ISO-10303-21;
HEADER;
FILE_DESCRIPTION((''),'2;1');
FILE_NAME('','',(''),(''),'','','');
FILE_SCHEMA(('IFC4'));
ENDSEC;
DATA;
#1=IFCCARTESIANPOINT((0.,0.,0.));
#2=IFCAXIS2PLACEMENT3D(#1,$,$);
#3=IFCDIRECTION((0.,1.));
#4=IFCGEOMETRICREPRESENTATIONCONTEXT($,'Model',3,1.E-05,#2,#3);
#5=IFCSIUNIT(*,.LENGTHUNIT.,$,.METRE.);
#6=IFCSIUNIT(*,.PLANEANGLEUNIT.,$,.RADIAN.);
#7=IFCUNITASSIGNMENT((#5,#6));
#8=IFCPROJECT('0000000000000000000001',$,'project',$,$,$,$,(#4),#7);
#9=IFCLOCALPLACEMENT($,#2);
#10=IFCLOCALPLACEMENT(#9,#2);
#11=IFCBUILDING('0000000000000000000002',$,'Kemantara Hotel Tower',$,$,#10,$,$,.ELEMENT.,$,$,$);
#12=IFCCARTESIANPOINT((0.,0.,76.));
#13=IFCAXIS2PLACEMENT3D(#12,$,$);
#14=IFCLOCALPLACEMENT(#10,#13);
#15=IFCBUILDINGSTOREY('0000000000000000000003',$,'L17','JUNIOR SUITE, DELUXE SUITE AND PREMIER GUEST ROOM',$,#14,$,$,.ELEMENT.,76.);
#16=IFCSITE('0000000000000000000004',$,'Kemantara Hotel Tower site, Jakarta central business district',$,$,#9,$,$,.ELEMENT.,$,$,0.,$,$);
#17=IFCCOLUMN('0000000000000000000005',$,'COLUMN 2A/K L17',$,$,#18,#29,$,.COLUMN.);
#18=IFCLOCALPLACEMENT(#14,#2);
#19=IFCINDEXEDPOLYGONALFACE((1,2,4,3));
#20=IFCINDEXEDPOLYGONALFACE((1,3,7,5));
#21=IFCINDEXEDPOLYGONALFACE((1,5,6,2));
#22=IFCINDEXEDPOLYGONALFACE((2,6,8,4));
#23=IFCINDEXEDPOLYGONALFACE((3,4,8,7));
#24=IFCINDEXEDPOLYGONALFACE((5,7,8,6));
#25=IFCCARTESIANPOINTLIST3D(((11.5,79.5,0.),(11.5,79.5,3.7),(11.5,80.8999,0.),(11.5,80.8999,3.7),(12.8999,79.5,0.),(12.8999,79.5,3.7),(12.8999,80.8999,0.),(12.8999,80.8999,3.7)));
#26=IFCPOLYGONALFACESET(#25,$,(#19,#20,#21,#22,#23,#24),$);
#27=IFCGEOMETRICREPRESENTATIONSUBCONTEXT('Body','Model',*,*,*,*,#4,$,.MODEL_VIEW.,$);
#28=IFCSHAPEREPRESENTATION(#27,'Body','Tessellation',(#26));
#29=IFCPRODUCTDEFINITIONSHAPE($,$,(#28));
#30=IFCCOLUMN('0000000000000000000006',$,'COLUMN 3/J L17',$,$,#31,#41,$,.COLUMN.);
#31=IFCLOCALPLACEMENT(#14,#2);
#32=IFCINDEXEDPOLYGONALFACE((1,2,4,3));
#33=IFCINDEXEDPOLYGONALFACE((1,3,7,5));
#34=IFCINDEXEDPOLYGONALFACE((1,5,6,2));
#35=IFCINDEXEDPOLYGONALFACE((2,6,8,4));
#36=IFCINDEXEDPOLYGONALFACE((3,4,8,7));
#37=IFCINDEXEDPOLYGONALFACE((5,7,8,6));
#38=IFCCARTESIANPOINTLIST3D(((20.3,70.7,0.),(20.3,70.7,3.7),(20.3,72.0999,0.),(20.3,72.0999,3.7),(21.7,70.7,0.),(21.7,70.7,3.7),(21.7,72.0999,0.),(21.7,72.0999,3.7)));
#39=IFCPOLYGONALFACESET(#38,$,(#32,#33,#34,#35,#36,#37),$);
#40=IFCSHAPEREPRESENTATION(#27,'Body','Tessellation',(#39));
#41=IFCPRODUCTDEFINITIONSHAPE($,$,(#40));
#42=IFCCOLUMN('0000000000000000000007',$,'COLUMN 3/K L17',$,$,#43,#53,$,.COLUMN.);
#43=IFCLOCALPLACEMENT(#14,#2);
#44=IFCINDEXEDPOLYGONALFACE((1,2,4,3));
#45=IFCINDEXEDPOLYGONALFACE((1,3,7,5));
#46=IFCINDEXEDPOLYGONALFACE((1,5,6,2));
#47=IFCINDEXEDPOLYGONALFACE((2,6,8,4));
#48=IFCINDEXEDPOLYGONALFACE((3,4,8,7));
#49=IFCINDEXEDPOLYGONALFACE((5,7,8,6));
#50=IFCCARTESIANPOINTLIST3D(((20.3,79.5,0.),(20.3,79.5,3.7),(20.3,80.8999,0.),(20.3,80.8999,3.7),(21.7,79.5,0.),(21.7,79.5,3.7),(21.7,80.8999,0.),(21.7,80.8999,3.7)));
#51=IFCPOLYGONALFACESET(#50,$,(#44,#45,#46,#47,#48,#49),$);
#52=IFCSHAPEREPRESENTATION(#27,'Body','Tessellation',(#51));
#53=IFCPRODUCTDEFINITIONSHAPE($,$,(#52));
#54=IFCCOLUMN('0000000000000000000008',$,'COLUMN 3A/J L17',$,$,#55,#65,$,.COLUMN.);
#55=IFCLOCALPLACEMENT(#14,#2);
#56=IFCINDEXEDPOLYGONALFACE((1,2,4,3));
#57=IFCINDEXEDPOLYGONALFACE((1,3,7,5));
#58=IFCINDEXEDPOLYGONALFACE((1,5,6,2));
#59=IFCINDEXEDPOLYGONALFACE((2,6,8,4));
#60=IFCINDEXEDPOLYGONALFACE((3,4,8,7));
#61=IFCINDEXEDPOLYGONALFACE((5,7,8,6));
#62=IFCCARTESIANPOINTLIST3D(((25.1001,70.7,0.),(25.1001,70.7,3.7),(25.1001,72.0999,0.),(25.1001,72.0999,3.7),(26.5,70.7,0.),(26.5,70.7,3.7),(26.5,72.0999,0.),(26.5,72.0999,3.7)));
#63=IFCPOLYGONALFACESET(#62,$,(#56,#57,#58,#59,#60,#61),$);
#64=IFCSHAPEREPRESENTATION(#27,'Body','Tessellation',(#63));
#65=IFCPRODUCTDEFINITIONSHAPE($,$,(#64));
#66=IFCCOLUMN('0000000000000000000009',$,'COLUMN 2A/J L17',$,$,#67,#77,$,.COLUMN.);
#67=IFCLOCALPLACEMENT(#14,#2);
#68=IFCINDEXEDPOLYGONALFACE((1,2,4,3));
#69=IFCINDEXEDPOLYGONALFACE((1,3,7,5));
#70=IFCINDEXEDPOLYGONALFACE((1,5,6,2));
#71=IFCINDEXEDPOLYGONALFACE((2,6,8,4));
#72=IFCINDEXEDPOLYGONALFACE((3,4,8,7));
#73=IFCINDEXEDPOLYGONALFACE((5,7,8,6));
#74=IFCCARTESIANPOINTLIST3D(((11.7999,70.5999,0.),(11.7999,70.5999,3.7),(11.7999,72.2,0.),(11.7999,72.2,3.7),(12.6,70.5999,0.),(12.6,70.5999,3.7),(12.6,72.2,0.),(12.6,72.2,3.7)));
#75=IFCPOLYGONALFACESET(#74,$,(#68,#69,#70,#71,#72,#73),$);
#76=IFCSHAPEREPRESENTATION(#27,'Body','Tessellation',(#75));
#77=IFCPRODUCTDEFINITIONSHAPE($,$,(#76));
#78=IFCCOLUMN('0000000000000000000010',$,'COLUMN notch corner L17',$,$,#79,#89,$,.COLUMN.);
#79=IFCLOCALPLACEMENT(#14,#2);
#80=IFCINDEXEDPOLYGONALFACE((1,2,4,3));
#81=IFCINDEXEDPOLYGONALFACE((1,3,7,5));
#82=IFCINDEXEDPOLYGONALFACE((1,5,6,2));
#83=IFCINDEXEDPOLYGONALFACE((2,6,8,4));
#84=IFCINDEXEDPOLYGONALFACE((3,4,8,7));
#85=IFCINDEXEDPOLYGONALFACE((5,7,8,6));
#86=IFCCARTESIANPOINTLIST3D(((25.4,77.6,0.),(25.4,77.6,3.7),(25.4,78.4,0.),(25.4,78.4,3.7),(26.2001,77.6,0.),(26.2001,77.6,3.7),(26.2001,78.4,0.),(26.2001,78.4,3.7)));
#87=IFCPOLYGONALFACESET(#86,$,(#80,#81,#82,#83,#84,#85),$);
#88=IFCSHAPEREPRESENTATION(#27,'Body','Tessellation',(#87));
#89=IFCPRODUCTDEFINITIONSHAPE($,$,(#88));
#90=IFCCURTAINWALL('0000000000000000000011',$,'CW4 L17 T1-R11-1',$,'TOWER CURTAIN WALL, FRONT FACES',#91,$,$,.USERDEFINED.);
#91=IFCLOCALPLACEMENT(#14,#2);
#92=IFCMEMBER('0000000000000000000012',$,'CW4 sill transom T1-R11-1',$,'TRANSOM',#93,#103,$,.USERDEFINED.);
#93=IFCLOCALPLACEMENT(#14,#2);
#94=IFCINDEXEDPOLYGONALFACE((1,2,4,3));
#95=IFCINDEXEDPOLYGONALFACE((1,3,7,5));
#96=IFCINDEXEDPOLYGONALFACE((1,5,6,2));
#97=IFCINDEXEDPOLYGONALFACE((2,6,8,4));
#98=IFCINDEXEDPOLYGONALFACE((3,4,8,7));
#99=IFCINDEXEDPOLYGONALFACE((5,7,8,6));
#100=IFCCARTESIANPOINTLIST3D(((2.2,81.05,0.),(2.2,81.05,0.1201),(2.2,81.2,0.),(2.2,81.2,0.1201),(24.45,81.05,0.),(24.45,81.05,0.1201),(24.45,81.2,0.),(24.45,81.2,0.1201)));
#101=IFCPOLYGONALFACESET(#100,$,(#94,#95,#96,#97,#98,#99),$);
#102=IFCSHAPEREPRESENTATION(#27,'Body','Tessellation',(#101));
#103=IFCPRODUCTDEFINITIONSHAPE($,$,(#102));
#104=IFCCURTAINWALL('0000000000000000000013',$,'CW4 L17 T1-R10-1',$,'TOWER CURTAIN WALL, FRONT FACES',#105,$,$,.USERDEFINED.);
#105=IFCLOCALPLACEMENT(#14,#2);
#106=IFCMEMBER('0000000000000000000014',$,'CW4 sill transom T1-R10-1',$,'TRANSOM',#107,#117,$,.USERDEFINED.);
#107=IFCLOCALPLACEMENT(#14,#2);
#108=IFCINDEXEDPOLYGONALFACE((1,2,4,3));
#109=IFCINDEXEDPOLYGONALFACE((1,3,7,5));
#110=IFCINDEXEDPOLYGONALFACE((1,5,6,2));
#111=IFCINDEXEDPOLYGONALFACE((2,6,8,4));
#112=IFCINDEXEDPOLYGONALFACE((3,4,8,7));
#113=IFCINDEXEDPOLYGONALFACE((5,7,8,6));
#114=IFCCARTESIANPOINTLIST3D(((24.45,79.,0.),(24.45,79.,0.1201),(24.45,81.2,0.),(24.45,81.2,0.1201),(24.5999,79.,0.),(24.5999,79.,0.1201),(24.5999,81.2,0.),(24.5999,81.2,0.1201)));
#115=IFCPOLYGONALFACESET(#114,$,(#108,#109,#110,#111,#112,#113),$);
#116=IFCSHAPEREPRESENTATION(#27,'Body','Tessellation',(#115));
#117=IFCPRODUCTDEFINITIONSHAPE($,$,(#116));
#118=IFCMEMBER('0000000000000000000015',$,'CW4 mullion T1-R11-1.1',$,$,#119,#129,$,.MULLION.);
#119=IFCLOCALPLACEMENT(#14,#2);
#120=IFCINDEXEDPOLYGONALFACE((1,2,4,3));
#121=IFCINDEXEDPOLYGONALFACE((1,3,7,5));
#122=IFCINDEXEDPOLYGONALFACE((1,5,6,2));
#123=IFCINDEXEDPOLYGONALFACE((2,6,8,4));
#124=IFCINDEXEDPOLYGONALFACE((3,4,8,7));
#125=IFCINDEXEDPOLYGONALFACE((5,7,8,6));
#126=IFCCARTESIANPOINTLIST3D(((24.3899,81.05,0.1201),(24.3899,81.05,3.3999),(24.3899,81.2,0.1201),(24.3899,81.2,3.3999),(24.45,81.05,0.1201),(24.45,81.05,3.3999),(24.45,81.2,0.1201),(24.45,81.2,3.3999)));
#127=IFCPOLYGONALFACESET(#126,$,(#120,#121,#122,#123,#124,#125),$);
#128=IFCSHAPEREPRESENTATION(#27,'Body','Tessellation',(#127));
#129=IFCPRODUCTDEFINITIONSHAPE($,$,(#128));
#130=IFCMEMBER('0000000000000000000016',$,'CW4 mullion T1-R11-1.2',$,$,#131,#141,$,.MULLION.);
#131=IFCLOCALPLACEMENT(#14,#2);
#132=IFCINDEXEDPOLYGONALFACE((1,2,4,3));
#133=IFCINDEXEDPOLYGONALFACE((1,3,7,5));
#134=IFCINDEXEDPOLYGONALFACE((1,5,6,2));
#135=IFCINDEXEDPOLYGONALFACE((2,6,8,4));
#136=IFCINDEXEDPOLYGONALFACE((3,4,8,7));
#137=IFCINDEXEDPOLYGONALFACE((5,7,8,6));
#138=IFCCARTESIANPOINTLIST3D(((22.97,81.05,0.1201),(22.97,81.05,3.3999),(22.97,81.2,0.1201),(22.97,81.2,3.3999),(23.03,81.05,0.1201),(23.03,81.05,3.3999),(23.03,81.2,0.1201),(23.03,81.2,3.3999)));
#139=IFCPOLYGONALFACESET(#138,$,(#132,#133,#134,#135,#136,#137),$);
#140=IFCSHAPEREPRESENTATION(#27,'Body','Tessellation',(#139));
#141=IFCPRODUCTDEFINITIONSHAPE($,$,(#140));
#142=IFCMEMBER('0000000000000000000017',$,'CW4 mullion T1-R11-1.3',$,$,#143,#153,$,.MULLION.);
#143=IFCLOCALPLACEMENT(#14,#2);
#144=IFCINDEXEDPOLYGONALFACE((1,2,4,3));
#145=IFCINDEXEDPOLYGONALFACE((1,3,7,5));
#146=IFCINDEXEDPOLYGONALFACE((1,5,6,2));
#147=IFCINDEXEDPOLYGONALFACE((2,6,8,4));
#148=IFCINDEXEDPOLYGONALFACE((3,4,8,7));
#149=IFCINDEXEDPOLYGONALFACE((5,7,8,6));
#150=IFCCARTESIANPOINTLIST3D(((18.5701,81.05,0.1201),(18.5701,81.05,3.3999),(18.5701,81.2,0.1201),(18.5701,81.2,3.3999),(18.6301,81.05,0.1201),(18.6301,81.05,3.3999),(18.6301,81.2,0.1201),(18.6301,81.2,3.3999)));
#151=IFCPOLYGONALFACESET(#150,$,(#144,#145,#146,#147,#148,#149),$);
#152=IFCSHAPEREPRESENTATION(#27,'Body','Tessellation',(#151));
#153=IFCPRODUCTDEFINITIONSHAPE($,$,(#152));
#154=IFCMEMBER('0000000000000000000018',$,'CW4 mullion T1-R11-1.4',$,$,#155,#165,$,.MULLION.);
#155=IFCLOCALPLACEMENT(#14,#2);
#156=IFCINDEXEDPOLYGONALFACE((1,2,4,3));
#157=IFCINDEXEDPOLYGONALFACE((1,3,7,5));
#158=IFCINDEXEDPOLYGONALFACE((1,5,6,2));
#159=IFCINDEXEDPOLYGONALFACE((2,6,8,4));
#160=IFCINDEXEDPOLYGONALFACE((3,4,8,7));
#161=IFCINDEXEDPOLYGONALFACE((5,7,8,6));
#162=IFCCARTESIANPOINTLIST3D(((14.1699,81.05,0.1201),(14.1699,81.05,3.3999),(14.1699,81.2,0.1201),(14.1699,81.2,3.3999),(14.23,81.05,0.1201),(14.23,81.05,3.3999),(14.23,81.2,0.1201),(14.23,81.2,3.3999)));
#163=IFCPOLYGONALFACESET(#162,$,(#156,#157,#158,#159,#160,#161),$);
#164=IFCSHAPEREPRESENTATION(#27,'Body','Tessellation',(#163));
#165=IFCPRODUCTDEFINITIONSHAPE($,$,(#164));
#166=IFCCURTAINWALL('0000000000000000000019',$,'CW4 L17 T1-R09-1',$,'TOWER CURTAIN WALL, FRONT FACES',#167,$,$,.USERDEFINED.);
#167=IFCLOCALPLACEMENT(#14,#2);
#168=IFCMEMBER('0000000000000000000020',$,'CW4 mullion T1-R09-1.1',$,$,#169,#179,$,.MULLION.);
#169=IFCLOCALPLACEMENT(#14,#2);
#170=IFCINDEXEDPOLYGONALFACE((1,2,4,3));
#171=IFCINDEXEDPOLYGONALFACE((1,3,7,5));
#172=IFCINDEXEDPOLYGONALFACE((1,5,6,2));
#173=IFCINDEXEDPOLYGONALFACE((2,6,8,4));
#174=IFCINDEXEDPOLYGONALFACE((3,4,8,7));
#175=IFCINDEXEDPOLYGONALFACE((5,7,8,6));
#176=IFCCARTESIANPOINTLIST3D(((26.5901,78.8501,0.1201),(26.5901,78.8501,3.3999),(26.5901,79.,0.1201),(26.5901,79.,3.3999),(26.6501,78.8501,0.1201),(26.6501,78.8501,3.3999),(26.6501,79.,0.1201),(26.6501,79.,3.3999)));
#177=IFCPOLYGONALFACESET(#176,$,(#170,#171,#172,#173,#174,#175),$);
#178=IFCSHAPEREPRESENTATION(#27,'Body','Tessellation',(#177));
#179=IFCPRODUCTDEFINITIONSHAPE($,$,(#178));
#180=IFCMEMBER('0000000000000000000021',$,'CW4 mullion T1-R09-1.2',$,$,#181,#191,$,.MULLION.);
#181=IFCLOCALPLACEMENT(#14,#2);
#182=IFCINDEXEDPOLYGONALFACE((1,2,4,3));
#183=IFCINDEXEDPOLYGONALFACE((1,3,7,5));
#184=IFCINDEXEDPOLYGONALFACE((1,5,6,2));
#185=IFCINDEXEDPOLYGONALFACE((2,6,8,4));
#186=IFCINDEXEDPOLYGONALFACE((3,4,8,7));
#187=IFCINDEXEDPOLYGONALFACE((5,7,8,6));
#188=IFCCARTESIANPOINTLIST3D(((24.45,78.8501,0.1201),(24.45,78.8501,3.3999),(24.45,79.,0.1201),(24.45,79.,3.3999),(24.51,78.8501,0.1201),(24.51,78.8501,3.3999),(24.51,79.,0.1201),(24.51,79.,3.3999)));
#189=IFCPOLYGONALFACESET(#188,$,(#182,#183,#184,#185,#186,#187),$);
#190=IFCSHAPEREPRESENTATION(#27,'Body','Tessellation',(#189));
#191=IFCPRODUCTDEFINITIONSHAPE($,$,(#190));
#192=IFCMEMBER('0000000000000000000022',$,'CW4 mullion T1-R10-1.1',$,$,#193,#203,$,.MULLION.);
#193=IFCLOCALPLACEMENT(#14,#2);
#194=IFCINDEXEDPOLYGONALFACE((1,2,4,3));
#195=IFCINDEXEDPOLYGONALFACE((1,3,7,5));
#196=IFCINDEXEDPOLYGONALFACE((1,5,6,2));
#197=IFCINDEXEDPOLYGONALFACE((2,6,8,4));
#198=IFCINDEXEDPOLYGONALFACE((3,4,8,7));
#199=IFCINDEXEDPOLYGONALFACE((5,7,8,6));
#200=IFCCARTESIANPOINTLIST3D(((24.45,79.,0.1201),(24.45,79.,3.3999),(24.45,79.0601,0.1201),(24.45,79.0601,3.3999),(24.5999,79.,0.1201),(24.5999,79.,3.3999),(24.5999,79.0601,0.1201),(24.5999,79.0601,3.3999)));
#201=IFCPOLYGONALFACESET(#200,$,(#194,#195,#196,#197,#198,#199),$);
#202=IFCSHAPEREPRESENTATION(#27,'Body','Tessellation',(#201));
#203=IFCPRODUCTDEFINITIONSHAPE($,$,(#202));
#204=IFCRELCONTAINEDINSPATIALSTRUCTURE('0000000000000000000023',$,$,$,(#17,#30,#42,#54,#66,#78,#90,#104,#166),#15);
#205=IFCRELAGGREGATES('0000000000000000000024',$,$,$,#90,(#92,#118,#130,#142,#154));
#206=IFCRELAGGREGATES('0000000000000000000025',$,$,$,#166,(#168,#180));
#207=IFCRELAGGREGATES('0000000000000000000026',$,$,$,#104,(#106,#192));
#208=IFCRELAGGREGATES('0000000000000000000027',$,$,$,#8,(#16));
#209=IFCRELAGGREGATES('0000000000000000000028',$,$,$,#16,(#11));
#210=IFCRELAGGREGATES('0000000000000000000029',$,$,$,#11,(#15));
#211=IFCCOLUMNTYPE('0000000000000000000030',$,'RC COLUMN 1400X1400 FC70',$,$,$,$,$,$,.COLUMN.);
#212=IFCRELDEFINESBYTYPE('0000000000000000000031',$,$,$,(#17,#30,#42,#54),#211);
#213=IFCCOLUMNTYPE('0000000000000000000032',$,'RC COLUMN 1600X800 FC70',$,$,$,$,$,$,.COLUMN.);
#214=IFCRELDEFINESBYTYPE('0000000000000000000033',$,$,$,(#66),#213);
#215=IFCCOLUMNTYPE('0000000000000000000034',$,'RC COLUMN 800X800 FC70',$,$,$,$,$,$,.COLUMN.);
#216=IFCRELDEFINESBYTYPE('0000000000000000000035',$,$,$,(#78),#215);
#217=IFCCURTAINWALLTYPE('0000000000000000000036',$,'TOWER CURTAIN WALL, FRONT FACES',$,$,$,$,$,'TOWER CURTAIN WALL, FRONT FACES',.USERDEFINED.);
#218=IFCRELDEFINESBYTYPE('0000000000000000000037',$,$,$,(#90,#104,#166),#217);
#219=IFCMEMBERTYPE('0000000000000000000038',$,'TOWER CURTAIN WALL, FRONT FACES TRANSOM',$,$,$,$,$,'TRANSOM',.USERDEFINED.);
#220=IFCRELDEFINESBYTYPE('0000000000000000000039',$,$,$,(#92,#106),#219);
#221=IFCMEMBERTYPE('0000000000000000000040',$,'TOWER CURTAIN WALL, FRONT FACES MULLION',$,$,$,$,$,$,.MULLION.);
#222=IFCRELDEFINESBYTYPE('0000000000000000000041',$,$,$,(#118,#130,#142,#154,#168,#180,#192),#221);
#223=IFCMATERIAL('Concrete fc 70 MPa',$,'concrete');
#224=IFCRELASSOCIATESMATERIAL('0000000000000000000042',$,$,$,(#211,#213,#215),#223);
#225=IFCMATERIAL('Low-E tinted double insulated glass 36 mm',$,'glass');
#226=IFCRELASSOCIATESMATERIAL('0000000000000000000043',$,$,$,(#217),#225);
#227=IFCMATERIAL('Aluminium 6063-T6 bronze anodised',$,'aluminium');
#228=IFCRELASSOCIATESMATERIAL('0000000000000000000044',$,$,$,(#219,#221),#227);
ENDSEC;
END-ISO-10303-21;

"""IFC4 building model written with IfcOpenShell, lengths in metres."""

from ifc_helpers import new_model, si_unit, direction, frame, origin, origin_2d, place, context, subcontext, project, spatial, rectangle, extrude, source, transform, mapped, material, material_profile, profile_set, type_object, element, aggregate, save


model = new_model("IFC4")

# Units and contexts
model_context = context("Model", 3, precision=1e-05, world=origin(), true_north=direction((0.0, 1.0)))
body_context = subcontext(model_context, "Body", "Model", "MODEL_VIEW")
ifc_project = project(units=[si_unit("LENGTHUNIT", "METRE"), si_unit("PLANEANGLEUNIT", "RADIAN")], contexts=[model_context])

# Site, building, storey
site_placement = place(None, origin())
site = spatial("IfcSite", under=ifc_project, at=site_placement, Name="Kemantara Hotel Tower site, Jakarta central business district", CompositionType="ELEMENT", RefElevation=0.0)
building_placement = place(site_placement, origin())
building = spatial("IfcBuilding", under=site, at=building_placement, Name="Kemantara Hotel Tower", CompositionType="ELEMENT")
storey_placement = place(building_placement, frame((0.0, 0.0, 76.0)))
storey = spatial("IfcBuildingStorey", under=building, at=storey_placement, Name="L17", Description="JUNIOR SUITE, DELUXE SUITE AND PREMIER GUEST ROOM", CompositionType="ELEMENT", Elevation=76.0)

# Columns
ifc_material_1 = material(Name="Concrete fc 70 MPa", Category="concrete")
ifc_material_profile_1 = material_profile(ifc_material_1, rectangle(XDim=1.3999, YDim=1.3999, at=origin_2d()), Name="RC 1400X1400")
ifc_profile_set_1 = profile_set([ifc_material_profile_1], Name="Concrete fc 70 MPa")
column_type_1 = type_object("IfcColumnType", Name="RC COLUMN 1400X1400 FC70", PredefinedType="COLUMN", material=ifc_profile_set_1)
for number, where, z_axis, x_axis, name in (
    (1, (12.2, 80.2, 0.0), (0.0, 0.0, 1.0), (1.0, 0.0, 0.0), "COLUMN 2A/K L17"),
    (2, (21.0, 71.3999, 0.0), (0.0, 0.0, 1.0), (1.0, 0.0, 0.0), "COLUMN 3/J L17"),
    (3, (21.0, 80.2, 0.0), (0.0, 0.0, 1.0), (1.0, 0.0, 0.0), "COLUMN 3/K L17"),
    (4, (25.8, 71.3999, 0.0), (0.0, 0.0, 1.0), (1.0, 0.0, 0.0), "COLUMN 3A/J L17"),
):
    element("IfcColumn", number, at=place(storey_placement, frame(where, z_axis=z_axis, x_axis=x_axis)), inside=storey, type_object=column_type_1, Name=name, PredefinedType="COLUMN", context=body_context, shape_type="SweptSolid", body=[
        extrude(rectangle(XDim=1.3999, YDim=1.3999, at=origin_2d()), origin(), (0.0, 0.0, 1.0), 3.7),
    ])
ifc_material_profile_2 = material_profile(ifc_material_1, rectangle(XDim=1.6001, YDim=0.8, at=origin_2d()), Name="RC 1600X800")
ifc_profile_set_2 = profile_set([ifc_material_profile_2], Name="Concrete fc 70 MPa")
column_type_2 = type_object("IfcColumnType", Name="RC COLUMN 1600X800 FC70", PredefinedType="COLUMN", material=ifc_profile_set_2)
column_1_placement = place(storey_placement, frame((12.2, 71.3999, 0.0), z_axis=(0.0, 0.0, 1.0), x_axis=(0.0, 1.0, 0.0)))
element("IfcColumn", 5, at=column_1_placement, inside=storey, type_object=column_type_2, Name="COLUMN 2A/J L17", PredefinedType="COLUMN", context=body_context, shape_type="SweptSolid", body=[
    extrude(rectangle(XDim=1.6001, YDim=0.8, at=origin_2d()), origin(), (0.0, 0.0, 1.0), 3.7),
])
ifc_material_profile_3 = material_profile(ifc_material_1, rectangle(XDim=0.8, YDim=0.8, at=origin_2d()), Name="RC 800X800")
ifc_profile_set_3 = profile_set([ifc_material_profile_3], Name="Concrete fc 70 MPa")
column_type_3 = type_object("IfcColumnType", Name="RC COLUMN 800X800 FC70", PredefinedType="COLUMN", material=ifc_profile_set_3)
column_2_placement = place(storey_placement, frame((25.8, 78.0, 0.0), z_axis=(0.0, 0.0, 1.0), x_axis=(1.0, 0.0, 0.0)))
element("IfcColumn", 6, at=column_2_placement, inside=storey, type_object=column_type_3, Name="COLUMN notch corner L17", PredefinedType="COLUMN", context=body_context, shape_type="SweptSolid", body=[
    extrude(rectangle(XDim=0.8, YDim=0.8, at=origin_2d()), origin(), (0.0, 0.0, 1.0), 3.7),
])

# Curtain walls, members
ifc_material_2 = material(Name="Low-E tinted double insulated glass 36 mm", Category="glass")
curtain_wall_type = type_object("IfcCurtainWallType", Name="TOWER CURTAIN WALL, FRONT FACES", ElementType="TOWER CURTAIN WALL, FRONT FACES", PredefinedType="USERDEFINED", material=ifc_material_2)
curtain_wall_1_placement = place(storey_placement, origin())
curtain_wall_1 = element("IfcCurtainWall", 7, at=curtain_wall_1_placement, inside=storey, type_object=curtain_wall_type, Name="CW4 L17 T1-R11-1", ObjectType="TOWER CURTAIN WALL, FRONT FACES", PredefinedType="USERDEFINED")
ifc_material_3 = material(Name="Aluminium 6063-T6 bronze anodised", Category="aluminium")
ifc_material_profile_4 = material_profile(ifc_material_3, rectangle(XDim=0.1499, YDim=0.1201, at=origin_2d()), Name="TOWER CURTAIN WALL, FRONT FACES TRANSOM")
ifc_profile_set_4 = profile_set([ifc_material_profile_4], Name="Aluminium 6063-T6 bronze anodised")
member_type_1 = type_object("IfcMemberType", Name="TOWER CURTAIN WALL, FRONT FACES TRANSOM", ElementType="TRANSOM", PredefinedType="USERDEFINED", material=ifc_profile_set_4)
member_1_placement = place(storey_placement, frame((24.45, 81.125, 0.0601), z_axis=(-1.0, 0.0, 0.0), x_axis=(0.0, -1.0, 0.0)))
member_1 = element("IfcMember", 8, at=member_1_placement, type_object=member_type_1, Name="CW4 sill transom T1-R11-1", ObjectType="TRANSOM", PredefinedType="USERDEFINED", context=body_context, shape_type="SweptSolid", body=[
    extrude(rectangle(XDim=0.1499, YDim=0.1201, at=origin_2d()), origin(), (0.0, 0.0, 1.0), 22.25),
])
curtain_wall_2_placement = place(storey_placement, origin())
curtain_wall_2 = element("IfcCurtainWall", 9, at=curtain_wall_2_placement, inside=storey, type_object=curtain_wall_type, Name="CW4 L17 T1-R10-1", ObjectType="TOWER CURTAIN WALL, FRONT FACES", PredefinedType="USERDEFINED")
member_2_placement = place(storey_placement, frame((24.5249, 79.0, 0.0601), z_axis=(0.0, 1.0, 0.0), x_axis=(-1.0, 0.0, 0.0)))
member_2 = element("IfcMember", 10, at=member_2_placement, type_object=member_type_1, Name="CW4 sill transom T1-R10-1", ObjectType="TRANSOM", PredefinedType="USERDEFINED", context=body_context, shape_type="SweptSolid", body=[
    extrude(rectangle(XDim=0.1499, YDim=0.1201, at=origin_2d()), origin(), (0.0, 0.0, 1.0), 2.2),
])

# Members
ifc_material_profile_5 = material_profile(ifc_material_3, rectangle(XDim=0.1499, YDim=0.0601, at=origin_2d()), Name="TOWER CURTAIN WALL, FRONT FACES MULLION")
ifc_profile_set_5 = profile_set([ifc_material_profile_5], Name="Aluminium 6063-T6 bronze anodised")
member_type_2 = type_object("IfcMemberType", Name="TOWER CURTAIN WALL, FRONT FACES MULLION", PredefinedType="MULLION", material=ifc_profile_set_5)
shared_shape_1 = source(origin(), body_context, "Body", "SweptSolid", [
    extrude(rectangle(XDim=0.1499, YDim=0.0601, at=origin_2d()), origin(), (0.0, 0.0, 1.0), 3.2798),
])
member_3_placement = place(storey_placement, frame((24.4199, 81.125, 0.1201), z_axis=(0.0, 0.0, 1.0), x_axis=(0.0, -1.0, 0.0)))
member_3 = element("IfcMember", 11, at=member_3_placement, type_object=member_type_2, Name="CW4 mullion T1-R11-1.1", PredefinedType="MULLION", context=body_context, shape_type="MappedRepresentation", body=[
    mapped(shared_shape_1, transform((0.0, 0.0, 0.0))),
])
member_4_placement = place(storey_placement, frame((23.0, 81.125, 0.1201), z_axis=(0.0, 0.0, 1.0), x_axis=(0.0, -1.0, 0.0)))
member_4 = element("IfcMember", 12, at=member_4_placement, type_object=member_type_2, Name="CW4 mullion T1-R11-1.2", PredefinedType="MULLION", context=body_context, shape_type="MappedRepresentation", body=[
    mapped(shared_shape_1, transform((0.0, 0.0, 0.0))),
])
member_5_placement = place(storey_placement, frame((18.6001, 81.125, 0.1201), z_axis=(0.0, 0.0, 1.0), x_axis=(0.0, -1.0, 0.0)))
member_5 = element("IfcMember", 13, at=member_5_placement, type_object=member_type_2, Name="CW4 mullion T1-R11-1.3", PredefinedType="MULLION", context=body_context, shape_type="MappedRepresentation", body=[
    mapped(shared_shape_1, transform((0.0, 0.0, 0.0))),
])
member_6_placement = place(storey_placement, frame((14.2, 81.125, 0.1201), z_axis=(0.0, 0.0, 1.0), x_axis=(0.0, -1.0, 0.0)))
member_6 = element("IfcMember", 14, at=member_6_placement, type_object=member_type_2, Name="CW4 mullion T1-R11-1.4", PredefinedType="MULLION", context=body_context, shape_type="MappedRepresentation", body=[
    mapped(shared_shape_1, transform((0.0, 0.0, 0.0))),
])

# Curtain wall, members
curtain_wall_3_placement = place(storey_placement, origin())
curtain_wall_3 = element("IfcCurtainWall", 15, at=curtain_wall_3_placement, inside=storey, type_object=curtain_wall_type, Name="CW4 L17 T1-R09-1", ObjectType="TOWER CURTAIN WALL, FRONT FACES", PredefinedType="USERDEFINED")
member_7_placement = place(storey_placement, frame((26.6201, 78.925, 0.1201), z_axis=(0.0, 0.0, 1.0), x_axis=(0.0, -1.0, 0.0)))
member_7 = element("IfcMember", 16, at=member_7_placement, type_object=member_type_2, Name="CW4 mullion T1-R09-1.1", PredefinedType="MULLION", context=body_context, shape_type="MappedRepresentation", body=[
    mapped(shared_shape_1, transform((0.0, 0.0, 0.0))),
])
member_8_placement = place(storey_placement, frame((24.48, 78.925, 0.1201), z_axis=(0.0, 0.0, 1.0), x_axis=(0.0, -1.0, 0.0)))
member_8 = element("IfcMember", 17, at=member_8_placement, type_object=member_type_2, Name="CW4 mullion T1-R09-1.2", PredefinedType="MULLION", context=body_context, shape_type="MappedRepresentation", body=[
    mapped(shared_shape_1, transform((0.0, 0.0, 0.0))),
])

# Member
member_9_placement = place(storey_placement, frame((24.5249, 79.03, 0.1201), z_axis=(0.0, 0.0, 1.0), x_axis=(-1.0, 0.0, 0.0)))
member_9 = element("IfcMember", 18, at=member_9_placement, type_object=member_type_2, Name="CW4 mullion T1-R10-1.1", PredefinedType="MULLION", context=body_context, shape_type="MappedRepresentation", body=[
    mapped(shared_shape_1, transform((0.0, 0.0, 0.0))),
])

aggregate(curtain_wall_1, [member_1, member_3, member_4, member_5, member_6])
aggregate(curtain_wall_3, [member_7, member_8])
aggregate(curtain_wall_2, [member_2, member_9])

save(model, "model.ifc")
